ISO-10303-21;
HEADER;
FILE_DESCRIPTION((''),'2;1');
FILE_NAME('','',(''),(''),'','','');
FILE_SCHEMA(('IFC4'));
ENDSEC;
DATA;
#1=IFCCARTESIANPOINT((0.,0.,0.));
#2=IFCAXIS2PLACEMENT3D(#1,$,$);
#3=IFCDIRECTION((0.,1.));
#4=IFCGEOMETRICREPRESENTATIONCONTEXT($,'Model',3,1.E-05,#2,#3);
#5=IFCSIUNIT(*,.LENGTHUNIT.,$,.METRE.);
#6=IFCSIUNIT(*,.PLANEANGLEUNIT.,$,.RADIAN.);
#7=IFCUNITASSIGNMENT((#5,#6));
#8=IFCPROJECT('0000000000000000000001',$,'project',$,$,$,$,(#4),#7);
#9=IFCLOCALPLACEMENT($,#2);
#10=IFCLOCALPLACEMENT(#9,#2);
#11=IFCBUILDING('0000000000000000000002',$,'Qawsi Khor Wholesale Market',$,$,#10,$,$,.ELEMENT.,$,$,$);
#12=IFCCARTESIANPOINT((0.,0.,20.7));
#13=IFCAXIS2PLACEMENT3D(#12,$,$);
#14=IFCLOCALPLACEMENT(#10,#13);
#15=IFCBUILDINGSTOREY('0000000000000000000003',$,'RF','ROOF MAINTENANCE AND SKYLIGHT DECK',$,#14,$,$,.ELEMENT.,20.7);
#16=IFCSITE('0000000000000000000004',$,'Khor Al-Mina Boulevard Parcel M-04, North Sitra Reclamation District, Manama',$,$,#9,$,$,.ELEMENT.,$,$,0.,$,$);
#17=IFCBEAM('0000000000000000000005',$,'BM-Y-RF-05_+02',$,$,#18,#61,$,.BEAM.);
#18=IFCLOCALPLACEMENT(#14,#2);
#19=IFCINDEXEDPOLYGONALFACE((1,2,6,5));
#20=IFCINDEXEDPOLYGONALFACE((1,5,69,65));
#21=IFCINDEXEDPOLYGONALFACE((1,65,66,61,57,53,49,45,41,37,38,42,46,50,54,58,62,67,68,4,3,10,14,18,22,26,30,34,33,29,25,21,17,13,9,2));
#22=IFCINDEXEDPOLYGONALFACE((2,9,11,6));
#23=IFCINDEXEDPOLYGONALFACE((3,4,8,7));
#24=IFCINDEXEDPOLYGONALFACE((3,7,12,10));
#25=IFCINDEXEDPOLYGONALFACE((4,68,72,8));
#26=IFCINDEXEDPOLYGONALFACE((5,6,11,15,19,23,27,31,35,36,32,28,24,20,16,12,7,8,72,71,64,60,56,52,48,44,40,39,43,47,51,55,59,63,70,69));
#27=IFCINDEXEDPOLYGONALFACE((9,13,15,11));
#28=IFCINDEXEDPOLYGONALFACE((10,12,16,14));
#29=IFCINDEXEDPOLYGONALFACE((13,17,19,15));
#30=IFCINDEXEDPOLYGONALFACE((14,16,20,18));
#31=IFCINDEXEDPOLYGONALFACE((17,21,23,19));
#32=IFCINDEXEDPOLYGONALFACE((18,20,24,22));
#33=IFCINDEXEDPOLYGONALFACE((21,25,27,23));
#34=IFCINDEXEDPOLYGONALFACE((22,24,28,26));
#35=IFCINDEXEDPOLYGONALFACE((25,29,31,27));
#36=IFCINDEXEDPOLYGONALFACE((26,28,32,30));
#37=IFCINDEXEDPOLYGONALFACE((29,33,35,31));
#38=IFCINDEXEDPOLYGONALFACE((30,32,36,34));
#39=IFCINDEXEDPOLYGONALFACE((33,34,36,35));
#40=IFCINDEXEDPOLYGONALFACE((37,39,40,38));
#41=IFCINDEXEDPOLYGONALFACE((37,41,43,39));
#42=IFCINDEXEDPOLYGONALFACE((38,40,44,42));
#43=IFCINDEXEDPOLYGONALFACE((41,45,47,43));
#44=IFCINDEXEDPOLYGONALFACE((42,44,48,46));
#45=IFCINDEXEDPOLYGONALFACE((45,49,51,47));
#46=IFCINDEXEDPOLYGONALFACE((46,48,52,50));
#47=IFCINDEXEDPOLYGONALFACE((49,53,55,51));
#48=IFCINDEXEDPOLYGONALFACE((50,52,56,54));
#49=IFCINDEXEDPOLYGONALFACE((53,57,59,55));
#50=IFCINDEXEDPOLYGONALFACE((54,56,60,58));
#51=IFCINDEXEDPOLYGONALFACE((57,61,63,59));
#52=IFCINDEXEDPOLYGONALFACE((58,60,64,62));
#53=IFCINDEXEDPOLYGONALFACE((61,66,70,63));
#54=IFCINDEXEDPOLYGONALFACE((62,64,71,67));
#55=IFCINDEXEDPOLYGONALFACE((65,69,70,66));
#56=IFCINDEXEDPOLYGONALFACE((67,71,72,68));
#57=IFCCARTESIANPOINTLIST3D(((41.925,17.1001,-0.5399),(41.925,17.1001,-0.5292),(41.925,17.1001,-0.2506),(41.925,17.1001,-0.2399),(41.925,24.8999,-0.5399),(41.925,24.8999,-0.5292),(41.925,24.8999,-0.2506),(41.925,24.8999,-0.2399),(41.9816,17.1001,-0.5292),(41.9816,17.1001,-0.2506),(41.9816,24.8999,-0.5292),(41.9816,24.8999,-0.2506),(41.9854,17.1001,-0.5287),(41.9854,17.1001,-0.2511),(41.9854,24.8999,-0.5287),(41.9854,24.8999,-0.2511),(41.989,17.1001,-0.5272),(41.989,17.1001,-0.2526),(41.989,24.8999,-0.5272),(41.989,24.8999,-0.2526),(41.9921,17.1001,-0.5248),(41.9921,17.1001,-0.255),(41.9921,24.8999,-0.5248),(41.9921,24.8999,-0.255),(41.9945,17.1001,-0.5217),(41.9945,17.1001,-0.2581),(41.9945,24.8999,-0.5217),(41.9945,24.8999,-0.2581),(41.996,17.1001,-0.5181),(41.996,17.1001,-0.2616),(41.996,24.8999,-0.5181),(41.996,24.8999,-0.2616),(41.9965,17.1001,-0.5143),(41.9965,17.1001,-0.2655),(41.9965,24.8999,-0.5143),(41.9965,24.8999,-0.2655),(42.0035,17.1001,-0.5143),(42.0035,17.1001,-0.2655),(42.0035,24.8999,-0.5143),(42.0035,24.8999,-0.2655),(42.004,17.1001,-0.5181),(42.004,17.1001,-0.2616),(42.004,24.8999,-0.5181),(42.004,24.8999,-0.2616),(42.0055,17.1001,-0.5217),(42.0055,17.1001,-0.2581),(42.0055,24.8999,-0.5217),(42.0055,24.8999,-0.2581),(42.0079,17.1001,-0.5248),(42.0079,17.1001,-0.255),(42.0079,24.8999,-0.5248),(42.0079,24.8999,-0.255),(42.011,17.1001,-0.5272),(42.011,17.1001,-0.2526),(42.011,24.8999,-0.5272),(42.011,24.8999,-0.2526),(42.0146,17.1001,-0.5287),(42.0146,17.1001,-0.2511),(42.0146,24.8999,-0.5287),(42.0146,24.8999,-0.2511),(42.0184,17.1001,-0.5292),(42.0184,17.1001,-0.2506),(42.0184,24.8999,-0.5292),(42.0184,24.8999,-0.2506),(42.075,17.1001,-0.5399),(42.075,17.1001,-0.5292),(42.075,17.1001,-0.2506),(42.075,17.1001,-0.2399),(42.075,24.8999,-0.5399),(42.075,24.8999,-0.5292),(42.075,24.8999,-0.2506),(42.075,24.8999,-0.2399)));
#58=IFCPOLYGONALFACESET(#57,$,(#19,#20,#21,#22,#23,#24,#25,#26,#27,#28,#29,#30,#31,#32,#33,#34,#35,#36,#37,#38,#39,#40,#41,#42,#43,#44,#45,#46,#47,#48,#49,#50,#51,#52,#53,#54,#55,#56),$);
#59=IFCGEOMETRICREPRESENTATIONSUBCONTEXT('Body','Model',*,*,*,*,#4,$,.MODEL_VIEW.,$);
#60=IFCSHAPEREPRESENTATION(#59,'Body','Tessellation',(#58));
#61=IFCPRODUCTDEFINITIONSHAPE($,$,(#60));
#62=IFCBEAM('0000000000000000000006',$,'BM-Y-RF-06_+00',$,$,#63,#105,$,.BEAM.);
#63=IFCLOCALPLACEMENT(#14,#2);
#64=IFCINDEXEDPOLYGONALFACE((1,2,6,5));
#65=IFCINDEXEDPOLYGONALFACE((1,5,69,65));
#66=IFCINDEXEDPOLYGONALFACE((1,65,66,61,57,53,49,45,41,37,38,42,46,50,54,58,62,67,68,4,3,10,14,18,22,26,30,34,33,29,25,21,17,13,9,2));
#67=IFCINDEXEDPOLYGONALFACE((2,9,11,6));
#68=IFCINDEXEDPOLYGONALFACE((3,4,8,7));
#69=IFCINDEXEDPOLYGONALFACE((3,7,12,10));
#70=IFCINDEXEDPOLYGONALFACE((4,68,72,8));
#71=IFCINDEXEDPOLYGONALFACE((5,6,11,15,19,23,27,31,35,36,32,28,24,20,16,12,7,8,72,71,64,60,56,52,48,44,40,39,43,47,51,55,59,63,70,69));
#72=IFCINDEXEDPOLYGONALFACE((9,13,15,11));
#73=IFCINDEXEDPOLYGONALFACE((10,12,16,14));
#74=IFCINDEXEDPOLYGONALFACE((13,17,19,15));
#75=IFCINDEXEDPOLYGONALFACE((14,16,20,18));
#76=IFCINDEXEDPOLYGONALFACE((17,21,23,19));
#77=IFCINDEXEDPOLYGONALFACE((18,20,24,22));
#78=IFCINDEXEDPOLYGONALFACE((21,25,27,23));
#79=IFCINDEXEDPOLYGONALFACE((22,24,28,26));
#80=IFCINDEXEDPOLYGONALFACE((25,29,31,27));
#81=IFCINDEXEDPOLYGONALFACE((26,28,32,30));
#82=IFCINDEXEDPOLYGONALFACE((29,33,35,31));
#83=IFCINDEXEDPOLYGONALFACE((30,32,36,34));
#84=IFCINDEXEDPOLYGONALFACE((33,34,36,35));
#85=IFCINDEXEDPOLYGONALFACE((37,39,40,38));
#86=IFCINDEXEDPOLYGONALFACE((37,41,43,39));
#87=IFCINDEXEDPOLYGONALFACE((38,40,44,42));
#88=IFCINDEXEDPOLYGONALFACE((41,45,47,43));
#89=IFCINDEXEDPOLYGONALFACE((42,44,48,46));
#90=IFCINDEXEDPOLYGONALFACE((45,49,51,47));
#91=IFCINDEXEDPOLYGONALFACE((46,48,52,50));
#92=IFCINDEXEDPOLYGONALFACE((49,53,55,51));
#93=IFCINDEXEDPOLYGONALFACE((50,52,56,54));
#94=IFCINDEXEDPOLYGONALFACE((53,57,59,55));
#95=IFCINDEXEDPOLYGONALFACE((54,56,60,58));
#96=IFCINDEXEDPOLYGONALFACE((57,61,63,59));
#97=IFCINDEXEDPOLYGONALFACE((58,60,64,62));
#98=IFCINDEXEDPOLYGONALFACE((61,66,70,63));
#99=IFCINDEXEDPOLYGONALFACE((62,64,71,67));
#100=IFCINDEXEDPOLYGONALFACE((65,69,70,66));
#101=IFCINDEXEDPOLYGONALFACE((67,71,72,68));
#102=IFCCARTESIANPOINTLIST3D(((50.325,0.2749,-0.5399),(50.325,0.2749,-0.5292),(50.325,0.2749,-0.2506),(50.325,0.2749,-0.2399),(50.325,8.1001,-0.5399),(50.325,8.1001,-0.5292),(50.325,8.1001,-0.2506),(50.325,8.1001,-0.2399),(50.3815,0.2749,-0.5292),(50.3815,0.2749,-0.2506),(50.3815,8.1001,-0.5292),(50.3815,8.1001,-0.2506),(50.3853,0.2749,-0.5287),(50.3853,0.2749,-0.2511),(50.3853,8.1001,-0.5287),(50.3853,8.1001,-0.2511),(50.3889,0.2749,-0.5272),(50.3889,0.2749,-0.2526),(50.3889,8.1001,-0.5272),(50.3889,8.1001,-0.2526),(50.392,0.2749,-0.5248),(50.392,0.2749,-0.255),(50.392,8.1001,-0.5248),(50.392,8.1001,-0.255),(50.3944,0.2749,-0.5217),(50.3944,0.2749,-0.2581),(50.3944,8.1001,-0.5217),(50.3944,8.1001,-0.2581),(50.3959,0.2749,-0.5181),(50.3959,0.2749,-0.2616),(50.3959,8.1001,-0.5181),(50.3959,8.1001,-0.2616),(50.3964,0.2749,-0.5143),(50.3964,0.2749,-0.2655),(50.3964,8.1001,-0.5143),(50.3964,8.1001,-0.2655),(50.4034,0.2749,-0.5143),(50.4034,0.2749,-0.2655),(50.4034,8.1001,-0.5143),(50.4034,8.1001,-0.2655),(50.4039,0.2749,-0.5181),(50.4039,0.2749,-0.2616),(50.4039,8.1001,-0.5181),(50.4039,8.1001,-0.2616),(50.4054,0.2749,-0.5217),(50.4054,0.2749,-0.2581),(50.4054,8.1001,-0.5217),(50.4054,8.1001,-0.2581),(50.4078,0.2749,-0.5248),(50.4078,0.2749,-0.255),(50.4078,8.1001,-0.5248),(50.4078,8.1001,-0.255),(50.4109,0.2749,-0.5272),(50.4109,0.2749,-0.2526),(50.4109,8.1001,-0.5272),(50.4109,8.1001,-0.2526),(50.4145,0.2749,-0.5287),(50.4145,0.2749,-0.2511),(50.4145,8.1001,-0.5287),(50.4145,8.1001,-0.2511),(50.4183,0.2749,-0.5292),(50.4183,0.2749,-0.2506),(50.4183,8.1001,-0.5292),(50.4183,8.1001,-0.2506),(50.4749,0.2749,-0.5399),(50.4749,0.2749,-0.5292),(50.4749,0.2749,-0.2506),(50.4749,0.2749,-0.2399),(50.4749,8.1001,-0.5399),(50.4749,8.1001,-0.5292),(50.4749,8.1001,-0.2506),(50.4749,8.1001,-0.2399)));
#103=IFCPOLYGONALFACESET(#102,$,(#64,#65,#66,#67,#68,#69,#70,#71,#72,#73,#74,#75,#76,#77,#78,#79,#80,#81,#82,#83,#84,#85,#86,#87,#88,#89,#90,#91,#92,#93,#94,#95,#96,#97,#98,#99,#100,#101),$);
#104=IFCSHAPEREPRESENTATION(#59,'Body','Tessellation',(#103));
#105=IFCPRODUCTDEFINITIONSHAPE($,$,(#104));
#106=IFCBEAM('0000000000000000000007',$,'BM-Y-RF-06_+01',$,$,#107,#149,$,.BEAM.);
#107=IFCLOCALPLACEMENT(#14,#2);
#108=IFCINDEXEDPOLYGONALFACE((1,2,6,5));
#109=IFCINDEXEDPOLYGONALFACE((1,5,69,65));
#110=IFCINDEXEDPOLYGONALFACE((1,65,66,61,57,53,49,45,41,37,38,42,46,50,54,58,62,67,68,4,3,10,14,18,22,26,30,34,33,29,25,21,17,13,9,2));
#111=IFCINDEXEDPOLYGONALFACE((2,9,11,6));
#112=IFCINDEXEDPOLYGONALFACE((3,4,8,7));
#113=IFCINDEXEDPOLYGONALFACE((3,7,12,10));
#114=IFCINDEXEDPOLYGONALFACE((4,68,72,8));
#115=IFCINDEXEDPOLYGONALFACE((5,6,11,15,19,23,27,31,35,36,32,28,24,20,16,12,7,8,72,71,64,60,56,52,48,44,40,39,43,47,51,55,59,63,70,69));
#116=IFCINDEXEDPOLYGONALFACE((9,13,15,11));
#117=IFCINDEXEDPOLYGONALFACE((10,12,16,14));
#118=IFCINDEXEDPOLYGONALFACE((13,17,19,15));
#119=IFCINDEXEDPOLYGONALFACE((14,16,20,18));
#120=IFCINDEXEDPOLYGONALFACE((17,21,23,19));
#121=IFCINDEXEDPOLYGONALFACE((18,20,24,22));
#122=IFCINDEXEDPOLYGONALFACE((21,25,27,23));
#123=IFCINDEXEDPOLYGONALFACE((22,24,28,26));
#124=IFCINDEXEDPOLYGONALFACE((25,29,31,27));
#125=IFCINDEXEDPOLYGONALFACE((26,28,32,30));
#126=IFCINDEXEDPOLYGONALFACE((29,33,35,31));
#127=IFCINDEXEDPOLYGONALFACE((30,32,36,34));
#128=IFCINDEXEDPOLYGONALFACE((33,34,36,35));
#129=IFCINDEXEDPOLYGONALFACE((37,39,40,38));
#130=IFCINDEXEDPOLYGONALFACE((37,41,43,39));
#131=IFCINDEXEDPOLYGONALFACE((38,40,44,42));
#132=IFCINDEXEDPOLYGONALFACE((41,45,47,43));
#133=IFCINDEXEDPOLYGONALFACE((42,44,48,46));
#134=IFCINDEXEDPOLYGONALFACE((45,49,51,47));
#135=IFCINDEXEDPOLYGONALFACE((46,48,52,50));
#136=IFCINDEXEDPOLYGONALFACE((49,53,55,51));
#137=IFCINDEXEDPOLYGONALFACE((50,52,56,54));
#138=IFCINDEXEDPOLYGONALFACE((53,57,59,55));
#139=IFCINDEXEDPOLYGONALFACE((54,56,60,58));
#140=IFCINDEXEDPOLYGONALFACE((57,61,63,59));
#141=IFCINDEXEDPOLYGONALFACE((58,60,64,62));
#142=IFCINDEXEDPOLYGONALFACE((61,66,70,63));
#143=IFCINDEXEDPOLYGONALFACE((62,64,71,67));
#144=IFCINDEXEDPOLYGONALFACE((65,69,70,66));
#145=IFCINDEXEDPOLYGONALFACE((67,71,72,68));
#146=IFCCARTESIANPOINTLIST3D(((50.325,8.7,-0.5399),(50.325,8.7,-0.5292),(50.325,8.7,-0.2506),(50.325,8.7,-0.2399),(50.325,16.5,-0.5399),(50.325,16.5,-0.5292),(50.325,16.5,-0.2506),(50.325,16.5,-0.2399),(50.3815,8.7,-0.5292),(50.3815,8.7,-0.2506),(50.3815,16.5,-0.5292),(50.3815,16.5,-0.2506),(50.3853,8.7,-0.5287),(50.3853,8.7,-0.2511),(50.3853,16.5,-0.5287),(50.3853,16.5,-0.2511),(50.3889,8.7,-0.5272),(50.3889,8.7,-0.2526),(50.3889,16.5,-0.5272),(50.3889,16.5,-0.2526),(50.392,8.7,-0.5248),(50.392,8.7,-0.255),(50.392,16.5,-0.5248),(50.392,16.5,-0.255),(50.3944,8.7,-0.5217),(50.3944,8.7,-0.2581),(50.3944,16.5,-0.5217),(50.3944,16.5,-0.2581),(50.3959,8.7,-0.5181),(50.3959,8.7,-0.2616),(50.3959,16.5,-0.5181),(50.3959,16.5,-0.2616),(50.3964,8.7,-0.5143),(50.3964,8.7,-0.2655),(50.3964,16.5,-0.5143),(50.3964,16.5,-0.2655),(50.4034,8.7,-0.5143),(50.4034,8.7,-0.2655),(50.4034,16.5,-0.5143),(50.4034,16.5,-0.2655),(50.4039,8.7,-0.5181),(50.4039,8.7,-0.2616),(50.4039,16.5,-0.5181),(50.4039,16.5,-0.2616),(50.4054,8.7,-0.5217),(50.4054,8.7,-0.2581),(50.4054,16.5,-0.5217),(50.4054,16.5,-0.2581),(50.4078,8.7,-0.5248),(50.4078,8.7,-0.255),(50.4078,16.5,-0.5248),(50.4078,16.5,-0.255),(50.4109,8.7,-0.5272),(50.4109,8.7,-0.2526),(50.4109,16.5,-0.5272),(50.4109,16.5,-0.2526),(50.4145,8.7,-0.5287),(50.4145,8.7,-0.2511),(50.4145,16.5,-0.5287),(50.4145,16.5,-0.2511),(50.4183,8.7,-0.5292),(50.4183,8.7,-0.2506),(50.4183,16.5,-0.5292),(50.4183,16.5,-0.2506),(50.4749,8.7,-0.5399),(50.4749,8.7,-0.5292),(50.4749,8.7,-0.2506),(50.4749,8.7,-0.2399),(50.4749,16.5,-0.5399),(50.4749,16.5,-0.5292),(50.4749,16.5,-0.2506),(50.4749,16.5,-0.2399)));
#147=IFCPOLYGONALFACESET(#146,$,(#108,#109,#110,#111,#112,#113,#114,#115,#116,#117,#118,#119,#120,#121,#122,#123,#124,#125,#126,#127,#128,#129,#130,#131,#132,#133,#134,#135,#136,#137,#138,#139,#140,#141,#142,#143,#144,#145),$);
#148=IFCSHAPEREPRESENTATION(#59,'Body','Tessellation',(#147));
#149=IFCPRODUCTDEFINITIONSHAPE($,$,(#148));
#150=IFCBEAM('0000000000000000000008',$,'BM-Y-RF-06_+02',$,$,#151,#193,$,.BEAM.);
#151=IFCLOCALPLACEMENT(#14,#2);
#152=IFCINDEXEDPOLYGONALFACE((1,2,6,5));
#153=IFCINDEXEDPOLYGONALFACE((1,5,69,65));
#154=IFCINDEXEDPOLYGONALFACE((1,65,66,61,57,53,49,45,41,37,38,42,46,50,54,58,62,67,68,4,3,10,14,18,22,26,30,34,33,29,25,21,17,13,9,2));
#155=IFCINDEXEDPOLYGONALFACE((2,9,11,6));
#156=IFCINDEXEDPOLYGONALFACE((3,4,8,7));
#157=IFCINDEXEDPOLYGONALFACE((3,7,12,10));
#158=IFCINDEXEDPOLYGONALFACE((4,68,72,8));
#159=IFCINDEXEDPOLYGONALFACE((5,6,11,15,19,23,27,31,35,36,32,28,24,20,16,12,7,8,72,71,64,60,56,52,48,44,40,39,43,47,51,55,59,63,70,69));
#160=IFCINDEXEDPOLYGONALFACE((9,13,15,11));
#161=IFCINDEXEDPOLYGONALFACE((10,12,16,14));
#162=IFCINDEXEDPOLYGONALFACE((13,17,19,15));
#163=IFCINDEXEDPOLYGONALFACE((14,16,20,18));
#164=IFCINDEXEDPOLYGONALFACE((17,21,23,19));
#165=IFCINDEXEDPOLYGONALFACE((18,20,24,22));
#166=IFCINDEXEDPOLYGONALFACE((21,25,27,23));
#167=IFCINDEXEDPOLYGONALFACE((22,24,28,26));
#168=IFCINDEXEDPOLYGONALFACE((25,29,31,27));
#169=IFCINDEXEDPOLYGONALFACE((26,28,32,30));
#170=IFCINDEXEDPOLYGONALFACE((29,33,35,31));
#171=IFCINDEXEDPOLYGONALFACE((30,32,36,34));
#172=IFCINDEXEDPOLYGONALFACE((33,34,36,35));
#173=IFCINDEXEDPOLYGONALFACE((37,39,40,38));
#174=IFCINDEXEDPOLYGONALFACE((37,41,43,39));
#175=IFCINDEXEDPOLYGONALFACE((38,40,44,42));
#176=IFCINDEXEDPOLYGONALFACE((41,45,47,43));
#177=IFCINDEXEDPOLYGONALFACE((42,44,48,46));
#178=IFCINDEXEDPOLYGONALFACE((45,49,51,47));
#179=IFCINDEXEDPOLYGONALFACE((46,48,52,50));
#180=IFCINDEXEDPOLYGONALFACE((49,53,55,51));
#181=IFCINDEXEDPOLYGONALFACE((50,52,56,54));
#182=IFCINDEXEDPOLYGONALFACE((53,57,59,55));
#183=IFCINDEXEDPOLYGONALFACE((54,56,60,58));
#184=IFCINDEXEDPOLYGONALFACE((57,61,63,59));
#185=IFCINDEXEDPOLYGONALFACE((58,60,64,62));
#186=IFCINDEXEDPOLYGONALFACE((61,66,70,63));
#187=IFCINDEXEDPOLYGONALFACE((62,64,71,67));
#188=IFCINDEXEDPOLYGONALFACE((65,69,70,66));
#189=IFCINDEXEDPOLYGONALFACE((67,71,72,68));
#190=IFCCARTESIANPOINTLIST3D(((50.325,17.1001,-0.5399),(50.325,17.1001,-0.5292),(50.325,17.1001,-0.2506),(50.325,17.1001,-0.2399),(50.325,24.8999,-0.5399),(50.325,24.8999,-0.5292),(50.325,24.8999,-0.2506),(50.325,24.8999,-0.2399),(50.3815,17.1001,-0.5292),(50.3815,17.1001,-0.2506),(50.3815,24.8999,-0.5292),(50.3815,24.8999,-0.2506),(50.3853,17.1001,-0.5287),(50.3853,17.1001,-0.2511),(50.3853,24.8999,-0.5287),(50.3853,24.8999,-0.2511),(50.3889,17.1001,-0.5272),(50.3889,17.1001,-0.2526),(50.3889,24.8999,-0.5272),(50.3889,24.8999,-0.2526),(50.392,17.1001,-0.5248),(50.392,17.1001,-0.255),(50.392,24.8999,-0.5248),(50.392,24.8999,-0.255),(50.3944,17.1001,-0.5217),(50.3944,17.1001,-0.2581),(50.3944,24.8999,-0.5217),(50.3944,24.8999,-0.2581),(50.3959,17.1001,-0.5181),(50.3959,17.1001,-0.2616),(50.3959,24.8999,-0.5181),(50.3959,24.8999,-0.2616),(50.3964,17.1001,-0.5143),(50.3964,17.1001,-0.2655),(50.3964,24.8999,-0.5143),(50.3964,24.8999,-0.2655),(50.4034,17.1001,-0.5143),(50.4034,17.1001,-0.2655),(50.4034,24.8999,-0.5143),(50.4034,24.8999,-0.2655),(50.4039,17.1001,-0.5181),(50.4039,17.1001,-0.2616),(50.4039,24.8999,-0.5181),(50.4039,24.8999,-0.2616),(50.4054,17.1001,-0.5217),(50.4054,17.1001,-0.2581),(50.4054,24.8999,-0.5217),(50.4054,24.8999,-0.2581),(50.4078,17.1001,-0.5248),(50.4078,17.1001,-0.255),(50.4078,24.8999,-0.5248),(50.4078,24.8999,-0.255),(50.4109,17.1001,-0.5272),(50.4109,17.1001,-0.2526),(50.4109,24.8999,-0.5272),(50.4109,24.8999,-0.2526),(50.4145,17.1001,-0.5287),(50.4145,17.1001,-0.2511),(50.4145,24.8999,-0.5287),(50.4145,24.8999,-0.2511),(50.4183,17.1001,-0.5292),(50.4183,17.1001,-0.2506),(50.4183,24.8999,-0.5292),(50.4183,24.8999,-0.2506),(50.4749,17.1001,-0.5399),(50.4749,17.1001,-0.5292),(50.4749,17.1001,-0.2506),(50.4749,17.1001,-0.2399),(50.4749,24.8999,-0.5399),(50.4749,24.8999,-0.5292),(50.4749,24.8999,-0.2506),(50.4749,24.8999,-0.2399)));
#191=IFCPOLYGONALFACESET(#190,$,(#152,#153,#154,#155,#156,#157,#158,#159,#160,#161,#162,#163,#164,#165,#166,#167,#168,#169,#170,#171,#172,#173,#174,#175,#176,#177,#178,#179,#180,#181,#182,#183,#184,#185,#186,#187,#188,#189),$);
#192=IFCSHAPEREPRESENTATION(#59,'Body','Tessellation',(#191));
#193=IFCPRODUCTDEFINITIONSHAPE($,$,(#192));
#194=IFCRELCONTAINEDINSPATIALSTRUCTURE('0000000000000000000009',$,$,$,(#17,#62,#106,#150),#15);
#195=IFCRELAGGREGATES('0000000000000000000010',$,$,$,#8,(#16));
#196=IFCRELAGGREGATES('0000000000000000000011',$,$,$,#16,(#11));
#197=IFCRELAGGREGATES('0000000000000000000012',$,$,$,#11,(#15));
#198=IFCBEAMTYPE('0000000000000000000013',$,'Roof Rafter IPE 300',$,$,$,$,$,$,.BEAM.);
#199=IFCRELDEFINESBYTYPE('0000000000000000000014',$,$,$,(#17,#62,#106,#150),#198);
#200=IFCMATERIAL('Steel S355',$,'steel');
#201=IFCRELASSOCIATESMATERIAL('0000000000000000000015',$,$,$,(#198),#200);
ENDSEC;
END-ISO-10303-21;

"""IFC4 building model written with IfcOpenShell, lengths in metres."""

from ifc_helpers import new_model, si_unit, direction, frame, origin, origin_2d, place, context, subcontext, project, spatial, i_section, extrude, material, material_profile, profile_set, type_object, element, save


model = new_model("IFC4")

# Units and contexts
model_context = context("Model", 3, precision=1e-05, world=origin(), true_north=direction((0.0, 1.0)))
body_context = subcontext(model_context, "Body", "Model", "MODEL_VIEW")
ifc_project = project(units=[si_unit("LENGTHUNIT", "METRE"), si_unit("PLANEANGLEUNIT", "RADIAN")], contexts=[model_context])

# Site, building, storey
site_placement = place(None, origin())
site = spatial("IfcSite", under=ifc_project, at=site_placement, Name="Khor Al-Mina Boulevard Parcel M-04, North Sitra Reclamation District, Manama", CompositionType="ELEMENT", RefElevation=0.0)
building_placement = place(site_placement, origin())
building = spatial("IfcBuilding", under=site, at=building_placement, Name="Qawsi Khor Wholesale Market", CompositionType="ELEMENT")
storey_placement = place(building_placement, frame((0.0, 0.0, 20.7)))
storey = spatial("IfcBuildingStorey", under=building, at=storey_placement, Name="RF", Description="ROOF MAINTENANCE AND SKYLIGHT DECK", CompositionType="ELEMENT", Elevation=20.7)

# Shared definitions
ifc_material_1 = material(Name="Steel S355", Category="steel")

# Beams
ifc_material_profile_1 = material_profile(ifc_material_1, i_section(OverallWidth=0.1499, OverallDepth=0.3, WebThickness=0.0071, FlangeThickness=0.0107, FilletRadius=0.0149, at=origin_2d()), Name="IPE 300")
ifc_profile_set_1 = profile_set([ifc_material_profile_1], Name="Steel S355")
beam_type_1 = type_object("IfcBeamType", Name="Roof Rafter IPE 300", PredefinedType="BEAM", material=ifc_profile_set_1)
beam_1_placement = place(storey_placement, frame((42.0, 17.1001, -0.3899), z_axis=(0.0, 1.0, 0.0), x_axis=(-1.0, 0.0, 0.0)))
element("IfcBeam", 1, at=beam_1_placement, inside=storey, type_object=beam_type_1, Name="BM-Y-RF-05_+02", PredefinedType="BEAM", context=body_context, shape_type="SweptSolid", body=[
    extrude(i_section(OverallWidth=0.1499, OverallDepth=0.3, WebThickness=0.0071, FlangeThickness=0.0107, FilletRadius=0.0149, at=origin_2d()), origin(), (0.0, 0.0, 1.0), 7.7998),
])
beam_2_placement = place(storey_placement, frame((50.3999, 0.2749, -0.3899), z_axis=(0.0, 1.0, 0.0), x_axis=(-1.0, 0.0, 0.0)))
element("IfcBeam", 2, at=beam_2_placement, inside=storey, type_object=beam_type_1, Name="BM-Y-RF-06_+00", PredefinedType="BEAM", context=body_context, shape_type="SweptSolid", body=[
    extrude(i_section(OverallWidth=0.1499, OverallDepth=0.3, WebThickness=0.0071, FlangeThickness=0.0107, FilletRadius=0.0149, at=origin_2d()), origin(), (0.0, 0.0, 1.0), 7.8252),
])
beam_3_placement = place(storey_placement, frame((50.3999, 8.7, -0.3899), z_axis=(0.0, 1.0, 0.0), x_axis=(-1.0, 0.0, 0.0)))
element("IfcBeam", 3, at=beam_3_placement, inside=storey, type_object=beam_type_1, Name="BM-Y-RF-06_+01", PredefinedType="BEAM", context=body_context, shape_type="SweptSolid", body=[
    extrude(i_section(OverallWidth=0.1499, OverallDepth=0.3, WebThickness=0.0071, FlangeThickness=0.0107, FilletRadius=0.0149, at=origin_2d()), origin(), (0.0, 0.0, 1.0), 7.8),
])
beam_4_placement = place(storey_placement, frame((50.3999, 17.1001, -0.3899), z_axis=(0.0, 1.0, 0.0), x_axis=(-1.0, 0.0, 0.0)))
element("IfcBeam", 4, at=beam_4_placement, inside=storey, type_object=beam_type_1, Name="BM-Y-RF-06_+02", PredefinedType="BEAM", context=body_context, shape_type="SweptSolid", body=[
    extrude(i_section(OverallWidth=0.1499, OverallDepth=0.3, WebThickness=0.0071, FlangeThickness=0.0107, FilletRadius=0.0149, at=origin_2d()), origin(), (0.0, 0.0, 1.0), 7.7998),
])

save(model, "model.ifc")
